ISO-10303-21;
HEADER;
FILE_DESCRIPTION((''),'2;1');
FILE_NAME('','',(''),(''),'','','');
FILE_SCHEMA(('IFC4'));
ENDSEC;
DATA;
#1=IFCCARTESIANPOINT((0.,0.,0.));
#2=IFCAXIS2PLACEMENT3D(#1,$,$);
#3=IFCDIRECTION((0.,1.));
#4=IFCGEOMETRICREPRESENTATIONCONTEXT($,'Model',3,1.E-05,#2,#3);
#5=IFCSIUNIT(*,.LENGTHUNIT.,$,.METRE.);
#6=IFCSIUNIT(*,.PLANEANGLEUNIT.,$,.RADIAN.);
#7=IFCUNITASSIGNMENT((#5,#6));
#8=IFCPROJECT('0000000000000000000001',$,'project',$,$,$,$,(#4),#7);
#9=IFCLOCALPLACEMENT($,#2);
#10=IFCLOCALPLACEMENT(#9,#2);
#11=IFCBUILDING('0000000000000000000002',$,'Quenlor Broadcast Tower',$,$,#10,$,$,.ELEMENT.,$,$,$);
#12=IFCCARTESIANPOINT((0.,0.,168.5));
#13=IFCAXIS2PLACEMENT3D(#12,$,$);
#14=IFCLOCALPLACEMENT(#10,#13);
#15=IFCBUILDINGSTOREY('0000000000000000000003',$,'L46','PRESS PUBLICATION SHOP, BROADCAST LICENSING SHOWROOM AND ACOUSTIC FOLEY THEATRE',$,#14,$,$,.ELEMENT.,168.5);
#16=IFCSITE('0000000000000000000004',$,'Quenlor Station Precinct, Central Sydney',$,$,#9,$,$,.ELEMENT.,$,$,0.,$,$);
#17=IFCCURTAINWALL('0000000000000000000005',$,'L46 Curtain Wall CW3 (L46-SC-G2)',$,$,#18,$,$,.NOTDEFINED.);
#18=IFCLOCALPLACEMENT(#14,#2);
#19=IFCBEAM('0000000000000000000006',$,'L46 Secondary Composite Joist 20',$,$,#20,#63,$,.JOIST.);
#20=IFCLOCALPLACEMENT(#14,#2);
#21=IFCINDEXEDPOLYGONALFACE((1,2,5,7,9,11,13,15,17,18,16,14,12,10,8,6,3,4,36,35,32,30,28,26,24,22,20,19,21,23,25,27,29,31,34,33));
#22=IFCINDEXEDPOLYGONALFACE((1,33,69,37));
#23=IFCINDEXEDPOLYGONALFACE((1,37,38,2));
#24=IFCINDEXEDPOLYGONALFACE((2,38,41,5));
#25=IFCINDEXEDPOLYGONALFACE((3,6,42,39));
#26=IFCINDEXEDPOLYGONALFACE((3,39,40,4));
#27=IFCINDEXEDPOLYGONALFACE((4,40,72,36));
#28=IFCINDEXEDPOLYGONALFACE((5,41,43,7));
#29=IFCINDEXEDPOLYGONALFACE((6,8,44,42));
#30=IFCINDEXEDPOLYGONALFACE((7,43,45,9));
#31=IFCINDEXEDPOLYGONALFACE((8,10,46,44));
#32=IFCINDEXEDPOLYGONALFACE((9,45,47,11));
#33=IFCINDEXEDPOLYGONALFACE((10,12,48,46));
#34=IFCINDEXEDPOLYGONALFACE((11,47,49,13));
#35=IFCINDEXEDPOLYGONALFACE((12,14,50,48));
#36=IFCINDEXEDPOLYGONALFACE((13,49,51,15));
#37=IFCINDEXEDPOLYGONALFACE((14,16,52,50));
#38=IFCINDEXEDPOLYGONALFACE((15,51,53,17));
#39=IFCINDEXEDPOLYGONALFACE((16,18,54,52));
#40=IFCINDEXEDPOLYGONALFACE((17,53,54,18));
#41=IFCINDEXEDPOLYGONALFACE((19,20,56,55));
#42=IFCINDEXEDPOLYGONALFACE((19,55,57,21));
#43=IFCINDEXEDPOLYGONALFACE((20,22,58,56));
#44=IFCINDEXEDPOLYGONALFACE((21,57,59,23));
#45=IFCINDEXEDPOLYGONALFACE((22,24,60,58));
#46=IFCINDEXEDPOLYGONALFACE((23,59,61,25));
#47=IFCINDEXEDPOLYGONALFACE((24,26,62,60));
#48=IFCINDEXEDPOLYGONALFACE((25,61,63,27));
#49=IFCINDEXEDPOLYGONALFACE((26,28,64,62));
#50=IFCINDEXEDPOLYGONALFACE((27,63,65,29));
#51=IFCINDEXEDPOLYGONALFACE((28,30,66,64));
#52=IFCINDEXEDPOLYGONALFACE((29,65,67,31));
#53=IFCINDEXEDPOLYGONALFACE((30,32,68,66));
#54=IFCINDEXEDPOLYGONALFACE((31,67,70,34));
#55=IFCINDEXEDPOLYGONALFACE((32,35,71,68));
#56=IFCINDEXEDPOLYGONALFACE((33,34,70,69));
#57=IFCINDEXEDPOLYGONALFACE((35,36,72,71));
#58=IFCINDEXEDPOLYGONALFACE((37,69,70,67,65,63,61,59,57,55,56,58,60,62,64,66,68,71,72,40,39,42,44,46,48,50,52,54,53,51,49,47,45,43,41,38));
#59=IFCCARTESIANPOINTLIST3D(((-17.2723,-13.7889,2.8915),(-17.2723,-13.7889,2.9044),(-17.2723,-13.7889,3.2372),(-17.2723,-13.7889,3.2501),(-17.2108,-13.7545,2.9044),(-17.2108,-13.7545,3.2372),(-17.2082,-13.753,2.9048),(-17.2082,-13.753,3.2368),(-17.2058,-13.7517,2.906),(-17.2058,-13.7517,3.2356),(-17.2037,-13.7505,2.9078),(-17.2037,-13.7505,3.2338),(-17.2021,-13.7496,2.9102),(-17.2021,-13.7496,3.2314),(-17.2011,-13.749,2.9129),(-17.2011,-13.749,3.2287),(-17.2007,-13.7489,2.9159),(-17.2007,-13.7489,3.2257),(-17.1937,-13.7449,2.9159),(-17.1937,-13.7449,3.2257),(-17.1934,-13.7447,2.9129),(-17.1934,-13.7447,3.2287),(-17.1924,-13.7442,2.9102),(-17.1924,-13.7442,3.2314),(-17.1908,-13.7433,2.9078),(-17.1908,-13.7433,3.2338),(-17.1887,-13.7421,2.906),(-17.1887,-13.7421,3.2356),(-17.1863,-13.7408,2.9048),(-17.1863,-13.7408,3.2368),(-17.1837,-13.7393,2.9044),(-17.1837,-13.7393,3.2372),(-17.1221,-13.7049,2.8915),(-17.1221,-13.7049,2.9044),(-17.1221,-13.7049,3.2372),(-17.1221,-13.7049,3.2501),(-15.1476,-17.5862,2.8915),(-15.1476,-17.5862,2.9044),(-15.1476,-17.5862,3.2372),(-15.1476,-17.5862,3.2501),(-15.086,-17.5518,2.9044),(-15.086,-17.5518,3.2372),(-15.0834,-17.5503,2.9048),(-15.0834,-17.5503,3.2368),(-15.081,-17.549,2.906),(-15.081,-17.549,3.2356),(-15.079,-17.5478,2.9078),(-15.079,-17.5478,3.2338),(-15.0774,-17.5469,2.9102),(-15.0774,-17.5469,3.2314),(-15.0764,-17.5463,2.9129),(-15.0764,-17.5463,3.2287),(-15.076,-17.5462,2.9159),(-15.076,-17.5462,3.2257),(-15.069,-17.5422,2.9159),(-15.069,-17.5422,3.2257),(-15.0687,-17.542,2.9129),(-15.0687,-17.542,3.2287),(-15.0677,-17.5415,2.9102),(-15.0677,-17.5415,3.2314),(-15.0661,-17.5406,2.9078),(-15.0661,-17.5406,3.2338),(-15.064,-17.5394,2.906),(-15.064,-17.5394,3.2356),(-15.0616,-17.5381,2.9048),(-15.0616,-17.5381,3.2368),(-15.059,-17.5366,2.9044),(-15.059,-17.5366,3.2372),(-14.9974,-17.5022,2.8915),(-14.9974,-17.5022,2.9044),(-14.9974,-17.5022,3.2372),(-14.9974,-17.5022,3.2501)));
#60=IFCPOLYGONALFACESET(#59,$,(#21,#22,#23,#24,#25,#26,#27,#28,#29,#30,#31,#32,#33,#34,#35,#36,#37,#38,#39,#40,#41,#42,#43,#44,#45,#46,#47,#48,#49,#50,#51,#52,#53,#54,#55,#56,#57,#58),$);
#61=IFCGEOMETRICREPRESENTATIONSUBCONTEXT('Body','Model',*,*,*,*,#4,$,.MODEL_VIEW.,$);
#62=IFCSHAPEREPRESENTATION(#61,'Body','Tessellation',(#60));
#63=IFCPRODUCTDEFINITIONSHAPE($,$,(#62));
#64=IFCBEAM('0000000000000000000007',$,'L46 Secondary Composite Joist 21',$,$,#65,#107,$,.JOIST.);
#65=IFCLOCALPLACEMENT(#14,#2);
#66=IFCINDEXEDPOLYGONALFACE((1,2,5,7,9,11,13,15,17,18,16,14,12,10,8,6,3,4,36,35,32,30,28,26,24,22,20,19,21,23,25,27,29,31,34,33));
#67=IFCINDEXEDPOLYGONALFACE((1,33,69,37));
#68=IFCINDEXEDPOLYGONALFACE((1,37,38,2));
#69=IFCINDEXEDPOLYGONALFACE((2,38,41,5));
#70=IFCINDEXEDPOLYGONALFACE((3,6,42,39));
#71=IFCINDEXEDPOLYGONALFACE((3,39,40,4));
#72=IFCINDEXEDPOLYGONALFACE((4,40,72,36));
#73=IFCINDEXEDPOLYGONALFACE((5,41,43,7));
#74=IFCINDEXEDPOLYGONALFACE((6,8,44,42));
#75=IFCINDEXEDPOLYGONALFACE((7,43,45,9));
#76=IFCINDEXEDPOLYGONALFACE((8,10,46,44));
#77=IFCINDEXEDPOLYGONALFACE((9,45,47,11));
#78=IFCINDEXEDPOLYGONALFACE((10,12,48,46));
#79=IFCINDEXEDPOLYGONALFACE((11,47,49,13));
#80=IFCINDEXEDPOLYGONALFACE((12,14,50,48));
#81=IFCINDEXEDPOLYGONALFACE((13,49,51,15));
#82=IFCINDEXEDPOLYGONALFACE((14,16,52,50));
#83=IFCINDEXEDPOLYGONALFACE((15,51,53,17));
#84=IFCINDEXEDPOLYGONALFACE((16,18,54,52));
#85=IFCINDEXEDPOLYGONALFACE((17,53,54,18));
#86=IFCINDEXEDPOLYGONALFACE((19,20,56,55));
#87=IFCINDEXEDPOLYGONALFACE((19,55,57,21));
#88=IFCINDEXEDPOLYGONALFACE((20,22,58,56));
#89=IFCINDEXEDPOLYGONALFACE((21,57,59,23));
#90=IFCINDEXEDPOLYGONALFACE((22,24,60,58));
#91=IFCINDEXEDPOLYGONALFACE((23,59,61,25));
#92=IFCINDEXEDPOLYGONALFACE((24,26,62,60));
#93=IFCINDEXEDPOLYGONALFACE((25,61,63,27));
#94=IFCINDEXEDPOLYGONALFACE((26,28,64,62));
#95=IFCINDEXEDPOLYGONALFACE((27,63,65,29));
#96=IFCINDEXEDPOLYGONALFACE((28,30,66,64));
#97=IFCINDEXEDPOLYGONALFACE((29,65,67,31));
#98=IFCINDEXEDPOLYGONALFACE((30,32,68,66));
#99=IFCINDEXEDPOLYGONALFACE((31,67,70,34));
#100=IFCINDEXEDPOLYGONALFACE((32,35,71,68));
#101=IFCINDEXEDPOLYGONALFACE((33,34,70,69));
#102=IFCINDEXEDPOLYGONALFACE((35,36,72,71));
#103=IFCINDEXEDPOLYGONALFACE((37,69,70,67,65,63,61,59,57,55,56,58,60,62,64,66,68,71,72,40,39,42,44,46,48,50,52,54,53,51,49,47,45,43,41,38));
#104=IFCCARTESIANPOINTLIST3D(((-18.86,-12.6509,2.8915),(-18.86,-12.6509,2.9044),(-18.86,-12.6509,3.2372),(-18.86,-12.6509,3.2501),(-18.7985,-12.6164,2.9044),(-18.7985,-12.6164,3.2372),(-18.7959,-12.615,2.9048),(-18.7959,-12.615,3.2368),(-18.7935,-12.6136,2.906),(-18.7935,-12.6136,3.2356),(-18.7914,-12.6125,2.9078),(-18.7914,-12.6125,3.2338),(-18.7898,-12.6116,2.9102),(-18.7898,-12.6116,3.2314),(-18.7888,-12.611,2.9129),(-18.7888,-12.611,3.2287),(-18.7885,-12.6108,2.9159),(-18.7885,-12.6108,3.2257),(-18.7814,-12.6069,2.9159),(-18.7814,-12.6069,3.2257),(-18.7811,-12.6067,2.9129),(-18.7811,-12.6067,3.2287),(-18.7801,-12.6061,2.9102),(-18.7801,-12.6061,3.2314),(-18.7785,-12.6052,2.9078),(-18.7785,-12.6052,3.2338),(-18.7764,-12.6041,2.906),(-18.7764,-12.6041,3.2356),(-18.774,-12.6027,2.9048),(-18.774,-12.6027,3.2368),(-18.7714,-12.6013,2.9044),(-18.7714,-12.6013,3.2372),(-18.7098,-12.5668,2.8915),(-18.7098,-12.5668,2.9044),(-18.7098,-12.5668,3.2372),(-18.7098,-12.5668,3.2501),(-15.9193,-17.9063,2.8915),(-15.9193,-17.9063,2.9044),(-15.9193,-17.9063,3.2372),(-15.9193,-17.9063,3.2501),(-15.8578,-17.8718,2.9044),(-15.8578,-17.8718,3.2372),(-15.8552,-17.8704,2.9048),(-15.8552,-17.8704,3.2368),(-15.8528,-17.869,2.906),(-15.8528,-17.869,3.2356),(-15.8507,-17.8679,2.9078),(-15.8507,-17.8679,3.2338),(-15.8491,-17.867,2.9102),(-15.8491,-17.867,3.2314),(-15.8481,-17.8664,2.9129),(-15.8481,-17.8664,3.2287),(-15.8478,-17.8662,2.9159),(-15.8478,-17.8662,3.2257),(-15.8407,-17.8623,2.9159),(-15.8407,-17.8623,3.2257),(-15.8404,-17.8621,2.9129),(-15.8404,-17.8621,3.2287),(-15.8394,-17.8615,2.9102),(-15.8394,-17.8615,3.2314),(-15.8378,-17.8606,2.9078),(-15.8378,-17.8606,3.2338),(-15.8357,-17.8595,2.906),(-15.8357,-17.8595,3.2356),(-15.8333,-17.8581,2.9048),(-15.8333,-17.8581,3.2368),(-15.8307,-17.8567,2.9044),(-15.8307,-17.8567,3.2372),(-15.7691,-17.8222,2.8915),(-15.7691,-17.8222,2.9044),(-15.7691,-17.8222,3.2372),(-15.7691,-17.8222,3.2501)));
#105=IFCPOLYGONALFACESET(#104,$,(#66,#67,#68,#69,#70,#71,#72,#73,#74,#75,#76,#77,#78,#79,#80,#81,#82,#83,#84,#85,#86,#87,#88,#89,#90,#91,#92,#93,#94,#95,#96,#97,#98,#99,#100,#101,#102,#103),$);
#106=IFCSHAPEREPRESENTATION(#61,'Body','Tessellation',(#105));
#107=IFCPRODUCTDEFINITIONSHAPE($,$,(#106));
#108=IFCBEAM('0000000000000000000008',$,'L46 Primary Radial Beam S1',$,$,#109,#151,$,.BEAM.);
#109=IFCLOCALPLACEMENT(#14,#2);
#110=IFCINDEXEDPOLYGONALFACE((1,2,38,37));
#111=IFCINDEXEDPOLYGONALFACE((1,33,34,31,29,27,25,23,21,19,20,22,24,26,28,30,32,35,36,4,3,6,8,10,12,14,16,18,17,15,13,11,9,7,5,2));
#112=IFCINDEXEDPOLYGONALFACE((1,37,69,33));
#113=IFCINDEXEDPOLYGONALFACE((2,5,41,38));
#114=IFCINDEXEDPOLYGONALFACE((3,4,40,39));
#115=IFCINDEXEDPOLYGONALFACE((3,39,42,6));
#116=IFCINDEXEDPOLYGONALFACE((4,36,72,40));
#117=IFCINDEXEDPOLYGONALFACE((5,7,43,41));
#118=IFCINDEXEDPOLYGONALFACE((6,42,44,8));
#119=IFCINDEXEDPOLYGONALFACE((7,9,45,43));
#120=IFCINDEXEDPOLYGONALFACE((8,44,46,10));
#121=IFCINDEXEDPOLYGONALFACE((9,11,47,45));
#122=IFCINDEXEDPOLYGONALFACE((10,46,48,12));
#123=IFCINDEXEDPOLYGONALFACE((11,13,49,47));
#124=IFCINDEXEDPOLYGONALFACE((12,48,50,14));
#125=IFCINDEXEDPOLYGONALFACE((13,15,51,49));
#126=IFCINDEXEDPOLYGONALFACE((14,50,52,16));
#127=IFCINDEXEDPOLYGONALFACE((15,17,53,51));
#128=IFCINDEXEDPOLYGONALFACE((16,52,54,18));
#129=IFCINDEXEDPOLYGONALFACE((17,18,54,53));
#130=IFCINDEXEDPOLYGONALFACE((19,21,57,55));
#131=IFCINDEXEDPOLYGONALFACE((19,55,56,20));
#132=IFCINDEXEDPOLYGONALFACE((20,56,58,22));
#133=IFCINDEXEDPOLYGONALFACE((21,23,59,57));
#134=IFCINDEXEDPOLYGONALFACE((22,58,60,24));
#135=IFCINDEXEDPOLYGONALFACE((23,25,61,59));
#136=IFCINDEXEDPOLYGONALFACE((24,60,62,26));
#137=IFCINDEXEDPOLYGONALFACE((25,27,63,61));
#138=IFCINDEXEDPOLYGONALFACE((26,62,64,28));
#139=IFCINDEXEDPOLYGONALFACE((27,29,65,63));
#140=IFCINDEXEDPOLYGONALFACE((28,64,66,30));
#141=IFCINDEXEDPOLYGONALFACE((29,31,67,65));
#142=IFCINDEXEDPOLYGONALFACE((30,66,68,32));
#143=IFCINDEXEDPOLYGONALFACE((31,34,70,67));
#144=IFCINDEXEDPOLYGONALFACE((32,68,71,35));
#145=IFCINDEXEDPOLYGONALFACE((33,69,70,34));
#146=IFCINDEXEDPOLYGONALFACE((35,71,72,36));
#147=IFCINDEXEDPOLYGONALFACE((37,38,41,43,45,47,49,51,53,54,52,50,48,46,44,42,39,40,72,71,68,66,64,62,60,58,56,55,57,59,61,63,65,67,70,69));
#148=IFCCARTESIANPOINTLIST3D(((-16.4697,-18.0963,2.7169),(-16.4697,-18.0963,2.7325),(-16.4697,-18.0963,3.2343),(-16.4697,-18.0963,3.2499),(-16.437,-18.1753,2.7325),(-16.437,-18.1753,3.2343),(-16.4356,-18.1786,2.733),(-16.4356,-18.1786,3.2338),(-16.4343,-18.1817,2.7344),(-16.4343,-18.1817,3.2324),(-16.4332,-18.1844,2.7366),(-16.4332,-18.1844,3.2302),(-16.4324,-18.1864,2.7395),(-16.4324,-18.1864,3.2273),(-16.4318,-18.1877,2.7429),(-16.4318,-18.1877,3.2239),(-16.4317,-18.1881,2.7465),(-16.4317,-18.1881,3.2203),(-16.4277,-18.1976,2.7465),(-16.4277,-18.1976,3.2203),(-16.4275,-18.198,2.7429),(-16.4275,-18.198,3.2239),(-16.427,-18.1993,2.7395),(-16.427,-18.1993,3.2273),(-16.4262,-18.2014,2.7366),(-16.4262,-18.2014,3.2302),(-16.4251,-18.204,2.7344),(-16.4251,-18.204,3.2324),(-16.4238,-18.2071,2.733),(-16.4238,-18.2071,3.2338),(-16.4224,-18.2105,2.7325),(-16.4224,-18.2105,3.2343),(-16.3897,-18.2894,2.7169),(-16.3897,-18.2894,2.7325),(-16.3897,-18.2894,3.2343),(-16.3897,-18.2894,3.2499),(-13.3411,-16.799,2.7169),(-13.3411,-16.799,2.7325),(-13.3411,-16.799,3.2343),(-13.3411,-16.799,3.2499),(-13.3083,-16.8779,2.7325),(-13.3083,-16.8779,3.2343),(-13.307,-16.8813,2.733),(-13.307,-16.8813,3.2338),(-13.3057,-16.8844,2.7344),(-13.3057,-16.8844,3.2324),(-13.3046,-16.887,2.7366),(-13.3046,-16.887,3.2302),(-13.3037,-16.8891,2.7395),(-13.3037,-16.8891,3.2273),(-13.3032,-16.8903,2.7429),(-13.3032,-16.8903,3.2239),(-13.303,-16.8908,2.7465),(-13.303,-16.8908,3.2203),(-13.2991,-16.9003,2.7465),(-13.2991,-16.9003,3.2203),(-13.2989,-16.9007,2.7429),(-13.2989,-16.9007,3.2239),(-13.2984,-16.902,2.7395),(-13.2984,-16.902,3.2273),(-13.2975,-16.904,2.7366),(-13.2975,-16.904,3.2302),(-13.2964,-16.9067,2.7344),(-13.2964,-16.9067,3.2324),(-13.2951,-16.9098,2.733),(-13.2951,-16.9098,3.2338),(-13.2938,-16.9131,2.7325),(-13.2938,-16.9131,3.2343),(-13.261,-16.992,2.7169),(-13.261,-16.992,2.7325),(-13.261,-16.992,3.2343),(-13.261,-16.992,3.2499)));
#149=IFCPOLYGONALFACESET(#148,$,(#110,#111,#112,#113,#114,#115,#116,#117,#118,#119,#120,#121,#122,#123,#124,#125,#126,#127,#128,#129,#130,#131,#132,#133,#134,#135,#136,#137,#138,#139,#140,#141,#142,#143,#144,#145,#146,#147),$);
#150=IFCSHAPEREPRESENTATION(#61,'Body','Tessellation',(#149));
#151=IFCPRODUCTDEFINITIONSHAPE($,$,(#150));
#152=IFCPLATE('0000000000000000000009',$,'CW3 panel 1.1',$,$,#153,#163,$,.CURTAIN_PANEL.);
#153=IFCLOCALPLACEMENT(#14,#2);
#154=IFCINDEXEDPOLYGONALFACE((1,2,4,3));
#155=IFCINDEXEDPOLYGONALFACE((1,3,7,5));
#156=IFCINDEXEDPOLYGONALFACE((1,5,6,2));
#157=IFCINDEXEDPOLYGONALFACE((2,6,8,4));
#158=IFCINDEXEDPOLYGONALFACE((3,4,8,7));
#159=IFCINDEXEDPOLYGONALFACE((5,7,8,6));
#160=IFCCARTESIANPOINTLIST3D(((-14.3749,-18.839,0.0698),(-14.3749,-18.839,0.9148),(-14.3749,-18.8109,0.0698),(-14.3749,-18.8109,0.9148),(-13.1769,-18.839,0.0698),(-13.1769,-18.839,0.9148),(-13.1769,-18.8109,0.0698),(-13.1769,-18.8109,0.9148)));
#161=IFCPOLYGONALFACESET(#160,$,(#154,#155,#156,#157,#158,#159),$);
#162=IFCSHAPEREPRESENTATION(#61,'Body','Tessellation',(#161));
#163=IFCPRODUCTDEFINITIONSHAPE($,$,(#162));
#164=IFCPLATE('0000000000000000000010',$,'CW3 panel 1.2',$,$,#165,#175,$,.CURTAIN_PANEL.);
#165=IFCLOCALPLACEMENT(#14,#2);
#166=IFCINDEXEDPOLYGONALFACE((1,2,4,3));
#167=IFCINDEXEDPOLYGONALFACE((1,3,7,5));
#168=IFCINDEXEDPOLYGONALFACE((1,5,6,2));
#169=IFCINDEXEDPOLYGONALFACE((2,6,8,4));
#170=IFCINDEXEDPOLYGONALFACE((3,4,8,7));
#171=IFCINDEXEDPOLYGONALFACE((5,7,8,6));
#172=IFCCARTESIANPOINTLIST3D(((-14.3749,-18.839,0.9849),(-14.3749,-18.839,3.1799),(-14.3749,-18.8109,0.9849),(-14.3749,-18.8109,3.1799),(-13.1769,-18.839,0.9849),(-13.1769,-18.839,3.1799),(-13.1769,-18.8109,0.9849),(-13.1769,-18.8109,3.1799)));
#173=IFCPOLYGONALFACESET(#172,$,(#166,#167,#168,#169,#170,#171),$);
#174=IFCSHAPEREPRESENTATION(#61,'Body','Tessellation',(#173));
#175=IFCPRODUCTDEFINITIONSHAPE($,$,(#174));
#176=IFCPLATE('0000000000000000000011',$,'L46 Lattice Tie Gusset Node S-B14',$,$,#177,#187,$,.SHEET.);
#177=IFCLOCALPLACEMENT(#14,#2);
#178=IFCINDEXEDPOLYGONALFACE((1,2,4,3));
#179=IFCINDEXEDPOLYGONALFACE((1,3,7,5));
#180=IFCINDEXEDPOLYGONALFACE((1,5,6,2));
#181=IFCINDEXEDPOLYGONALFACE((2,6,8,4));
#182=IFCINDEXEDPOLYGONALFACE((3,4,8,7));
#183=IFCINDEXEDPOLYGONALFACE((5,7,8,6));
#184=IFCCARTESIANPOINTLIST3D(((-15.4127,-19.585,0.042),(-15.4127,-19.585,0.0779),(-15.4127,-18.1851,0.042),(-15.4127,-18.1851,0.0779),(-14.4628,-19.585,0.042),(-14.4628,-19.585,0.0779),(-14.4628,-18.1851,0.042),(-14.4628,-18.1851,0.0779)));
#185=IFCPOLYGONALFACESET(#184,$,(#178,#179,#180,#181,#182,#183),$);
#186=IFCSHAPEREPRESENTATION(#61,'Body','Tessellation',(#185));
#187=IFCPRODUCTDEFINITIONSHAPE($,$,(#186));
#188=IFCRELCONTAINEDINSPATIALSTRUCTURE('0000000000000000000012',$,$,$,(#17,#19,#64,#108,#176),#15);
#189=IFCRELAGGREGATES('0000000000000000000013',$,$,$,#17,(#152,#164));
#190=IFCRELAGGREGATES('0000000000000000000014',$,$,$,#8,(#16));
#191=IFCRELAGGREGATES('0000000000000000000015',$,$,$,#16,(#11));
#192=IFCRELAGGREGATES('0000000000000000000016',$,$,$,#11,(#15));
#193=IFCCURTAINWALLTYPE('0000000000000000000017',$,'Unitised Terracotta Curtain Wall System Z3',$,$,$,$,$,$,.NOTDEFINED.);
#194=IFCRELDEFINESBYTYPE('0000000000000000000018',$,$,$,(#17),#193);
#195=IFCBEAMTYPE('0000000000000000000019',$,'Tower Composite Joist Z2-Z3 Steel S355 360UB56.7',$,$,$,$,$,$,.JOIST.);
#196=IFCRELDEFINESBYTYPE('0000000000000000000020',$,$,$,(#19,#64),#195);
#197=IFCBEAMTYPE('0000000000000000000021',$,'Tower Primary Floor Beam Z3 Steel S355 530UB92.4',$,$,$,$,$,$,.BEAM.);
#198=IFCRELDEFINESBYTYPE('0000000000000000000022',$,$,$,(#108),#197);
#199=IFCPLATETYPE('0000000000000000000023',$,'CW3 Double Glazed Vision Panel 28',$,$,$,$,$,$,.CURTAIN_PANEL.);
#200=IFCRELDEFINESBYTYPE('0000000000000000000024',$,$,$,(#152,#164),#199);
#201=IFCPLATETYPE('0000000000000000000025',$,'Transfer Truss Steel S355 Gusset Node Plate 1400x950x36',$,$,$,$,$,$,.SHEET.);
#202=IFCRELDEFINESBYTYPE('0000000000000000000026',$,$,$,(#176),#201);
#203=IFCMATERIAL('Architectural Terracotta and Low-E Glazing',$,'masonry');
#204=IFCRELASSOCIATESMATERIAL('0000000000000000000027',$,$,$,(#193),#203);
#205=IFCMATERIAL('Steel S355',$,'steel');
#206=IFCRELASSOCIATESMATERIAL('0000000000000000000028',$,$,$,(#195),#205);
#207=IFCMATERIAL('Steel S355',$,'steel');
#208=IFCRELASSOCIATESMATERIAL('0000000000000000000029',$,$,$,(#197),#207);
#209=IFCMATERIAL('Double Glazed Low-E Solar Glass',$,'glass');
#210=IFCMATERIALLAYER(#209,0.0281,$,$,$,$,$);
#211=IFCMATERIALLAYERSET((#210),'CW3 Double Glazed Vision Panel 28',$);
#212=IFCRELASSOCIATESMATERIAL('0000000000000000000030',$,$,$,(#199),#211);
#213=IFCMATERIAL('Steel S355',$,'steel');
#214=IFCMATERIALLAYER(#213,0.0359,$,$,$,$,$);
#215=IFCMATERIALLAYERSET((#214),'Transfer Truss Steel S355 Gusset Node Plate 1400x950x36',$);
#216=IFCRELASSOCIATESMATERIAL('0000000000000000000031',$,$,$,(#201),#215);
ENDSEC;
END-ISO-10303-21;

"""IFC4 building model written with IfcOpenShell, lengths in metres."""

from ifc_helpers import new_model, si_unit, direction, frame, origin, origin_2d, place, context, subcontext, project, spatial, rectangle, i_section, extrude, material, layer, layer_set, material_profile, profile_set, type_object, element, aggregate, save


model = new_model("IFC4")

# Units and contexts
model_context = context("Model", 3, precision=1e-05, world=origin(), true_north=direction((0.0, 1.0)))
body_context = subcontext(model_context, "Body", "Model", "MODEL_VIEW")
ifc_project = project(units=[si_unit("LENGTHUNIT", "METRE"), si_unit("PLANEANGLEUNIT", "RADIAN")], contexts=[model_context])

# Site, building, storey
site_placement = place(None, origin())
site = spatial("IfcSite", under=ifc_project, at=site_placement, Name="Quenlor Station Precinct, Central Sydney", CompositionType="ELEMENT", RefElevation=0.0)
building_placement = place(site_placement, origin())
building = spatial("IfcBuilding", under=site, at=building_placement, Name="Quenlor Broadcast Tower", CompositionType="ELEMENT")
storey_placement = place(building_placement, frame((0.0, 0.0, 168.5)))
storey = spatial("IfcBuildingStorey", under=building, at=storey_placement, Name="L46", Description="PRESS PUBLICATION SHOP, BROADCAST LICENSING SHOWROOM AND ACOUSTIC FOLEY THEATRE", CompositionType="ELEMENT", Elevation=168.5)

# Curtain wall
ifc_material_1 = material(Name="Architectural Terracotta and Low-E Glazing", Category="masonry")
curtain_wall_type = type_object("IfcCurtainWallType", Name="Unitised Terracotta Curtain Wall System Z3", PredefinedType="NOTDEFINED", material=ifc_material_1)
curtain_wall_placement = place(storey_placement, origin())
curtain_wall = element("IfcCurtainWall", 1, at=curtain_wall_placement, inside=storey, type_object=curtain_wall_type, Name="L46 Curtain Wall CW3 (L46-SC-G2)", PredefinedType="NOTDEFINED")

# Beams
ifc_material_2 = material(Name="Steel S355", Category="steel")
ifc_material_profile_1 = material_profile(ifc_material_2, i_section(OverallWidth=0.1721, OverallDepth=0.3586, WebThickness=0.0081, FlangeThickness=0.0129, FilletRadius=0.0115, at=origin_2d()))
ifc_profile_set_1 = profile_set([ifc_material_profile_1], Name="Steel S355 360UB56.7")
beam_type_1 = type_object("IfcBeamType", Name="Tower Composite Joist Z2-Z3 Steel S355 360UB56.7", PredefinedType="JOIST", material=ifc_profile_set_1)
beam_1_placement = place(storey_placement, frame((-15.0725, -17.5442, 3.0708), z_axis=(-0.488294, 0.872679, 0.0), x_axis=(-0.872679, -0.488294, 0.0)))
element("IfcBeam", 2, at=beam_1_placement, inside=storey, type_object=beam_type_1, Name="L46 Secondary Composite Joist 20", PredefinedType="JOIST", context=body_context, shape_type="SweptSolid", body=[
    extrude(i_section(OverallWidth=0.1721, OverallDepth=0.3586, WebThickness=0.0081, FlangeThickness=0.0129, FilletRadius=0.0115, at=origin_2d()), origin(), (0.0, 0.0, 1.0), 4.3513),
])
beam_2_placement = place(storey_placement, frame((-15.8442, -17.8643, 3.0708), z_axis=(-0.488308, 0.872671, 0.0), x_axis=(-0.872671, -0.488308, 0.0)))
element("IfcBeam", 3, at=beam_2_placement, inside=storey, type_object=beam_type_1, Name="L46 Secondary Composite Joist 21", PredefinedType="JOIST", context=body_context, shape_type="SweptSolid", body=[
    extrude(i_section(OverallWidth=0.1721, OverallDepth=0.3586, WebThickness=0.0081, FlangeThickness=0.0129, FilletRadius=0.0115, at=origin_2d()), origin(), (0.0, 0.0, 1.0), 6.0222),
])
ifc_material_3 = material(Name="Steel S355", Category="steel")
ifc_material_profile_2 = material_profile(ifc_material_3, i_section(OverallWidth=0.209, OverallDepth=0.533, WebThickness=0.0103, FlangeThickness=0.0156, FilletRadius=0.0139, at=origin_2d()))
ifc_profile_set_2 = profile_set([ifc_material_profile_2], Name="Steel S355 530UB92.4")
beam_type_2 = type_object("IfcBeamType", Name="Tower Primary Floor Beam Z3 Steel S355 530UB92.4", PredefinedType="BEAM", material=ifc_profile_set_2)
beam_3_placement = place(storey_placement, frame((-16.4297, -18.1929, 2.9834), z_axis=(0.92373, 0.383044, 0.0), x_axis=(-0.383044, 0.92373, 0.0)))
element("IfcBeam", 4, at=beam_3_placement, inside=storey, type_object=beam_type_2, Name="L46 Primary Radial Beam S1", PredefinedType="BEAM", context=body_context, shape_type="SweptSolid", body=[
    extrude(i_section(OverallWidth=0.209, OverallDepth=0.533, WebThickness=0.0103, FlangeThickness=0.0156, FilletRadius=0.0139, at=origin_2d()), origin(), (0.0, 0.0, 1.0), 3.387),
])

# Plates
ifc_material_4 = material(Name="Double Glazed Low-E Solar Glass", Category="glass")
ifc_layer_1 = layer(ifc_material_4, 0.0281)
ifc_layer_set_1 = layer_set([ifc_layer_1], Name="CW3 Double Glazed Vision Panel 28")
plate_type_1 = type_object("IfcPlateType", Name="CW3 Double Glazed Vision Panel 28", PredefinedType="CURTAIN_PANEL", material=ifc_layer_set_1)
plate_1_placement = place(storey_placement, frame((-13.7759, -18.825, 0.0698), z_axis=(0.0, 0.0, 1.0), x_axis=(-1.0, 0.0, 0.0)))
plate_1 = element("IfcPlate", 5, at=plate_1_placement, type_object=plate_type_1, Name="CW3 panel 1.1", PredefinedType="CURTAIN_PANEL", context=body_context, shape_type="SweptSolid", body=[
    extrude(rectangle(XDim=1.198, YDim=0.0281, at=origin_2d()), origin(), (0.0, 0.0, 1.0), 0.845),
])
plate_2_placement = place(storey_placement, frame((-13.7759, -18.825, 0.9849), z_axis=(0.0, 0.0, 1.0), x_axis=(-1.0, 0.0, 0.0)))
plate_2 = element("IfcPlate", 6, at=plate_2_placement, type_object=plate_type_1, Name="CW3 panel 1.2", PredefinedType="CURTAIN_PANEL", context=body_context, shape_type="SweptSolid", body=[
    extrude(rectangle(XDim=1.198, YDim=0.0281, at=origin_2d()), origin(), (0.0, 0.0, 1.0), 2.1951),
])
aggregate(curtain_wall, [plate_1, plate_2])

# Plate
ifc_material_5 = material(Name="Steel S355", Category="steel")
ifc_layer_2 = layer(ifc_material_5, 0.0359)
ifc_layer_set_2 = layer_set([ifc_layer_2], Name="Transfer Truss Steel S355 Gusset Node Plate 1400x950x36")
plate_type_2 = type_object("IfcPlateType", Name="Transfer Truss Steel S355 Gusset Node Plate 1400x950x36", PredefinedType="SHEET", material=ifc_layer_set_2)
for number, where, z_axis, x_axis, name in (
    (7, (-14.9377, -18.885, 0.042), (0.0, 0.0, 1.0), (0.0, -1.0, 0.0), "L46 Lattice Tie Gusset Node S-B14"),
):
    element("IfcPlate", number, at=place(storey_placement, frame(where, z_axis=z_axis, x_axis=x_axis)), inside=storey, type_object=plate_type_2, Name=name, PredefinedType="SHEET", context=body_context, shape_type="SweptSolid", body=[
        extrude(rectangle(XDim=1.3999, YDim=0.95, at=origin_2d()), origin(), (0.0, 0.0, 1.0), 0.0359),
    ])

save(model, "model.ifc")
